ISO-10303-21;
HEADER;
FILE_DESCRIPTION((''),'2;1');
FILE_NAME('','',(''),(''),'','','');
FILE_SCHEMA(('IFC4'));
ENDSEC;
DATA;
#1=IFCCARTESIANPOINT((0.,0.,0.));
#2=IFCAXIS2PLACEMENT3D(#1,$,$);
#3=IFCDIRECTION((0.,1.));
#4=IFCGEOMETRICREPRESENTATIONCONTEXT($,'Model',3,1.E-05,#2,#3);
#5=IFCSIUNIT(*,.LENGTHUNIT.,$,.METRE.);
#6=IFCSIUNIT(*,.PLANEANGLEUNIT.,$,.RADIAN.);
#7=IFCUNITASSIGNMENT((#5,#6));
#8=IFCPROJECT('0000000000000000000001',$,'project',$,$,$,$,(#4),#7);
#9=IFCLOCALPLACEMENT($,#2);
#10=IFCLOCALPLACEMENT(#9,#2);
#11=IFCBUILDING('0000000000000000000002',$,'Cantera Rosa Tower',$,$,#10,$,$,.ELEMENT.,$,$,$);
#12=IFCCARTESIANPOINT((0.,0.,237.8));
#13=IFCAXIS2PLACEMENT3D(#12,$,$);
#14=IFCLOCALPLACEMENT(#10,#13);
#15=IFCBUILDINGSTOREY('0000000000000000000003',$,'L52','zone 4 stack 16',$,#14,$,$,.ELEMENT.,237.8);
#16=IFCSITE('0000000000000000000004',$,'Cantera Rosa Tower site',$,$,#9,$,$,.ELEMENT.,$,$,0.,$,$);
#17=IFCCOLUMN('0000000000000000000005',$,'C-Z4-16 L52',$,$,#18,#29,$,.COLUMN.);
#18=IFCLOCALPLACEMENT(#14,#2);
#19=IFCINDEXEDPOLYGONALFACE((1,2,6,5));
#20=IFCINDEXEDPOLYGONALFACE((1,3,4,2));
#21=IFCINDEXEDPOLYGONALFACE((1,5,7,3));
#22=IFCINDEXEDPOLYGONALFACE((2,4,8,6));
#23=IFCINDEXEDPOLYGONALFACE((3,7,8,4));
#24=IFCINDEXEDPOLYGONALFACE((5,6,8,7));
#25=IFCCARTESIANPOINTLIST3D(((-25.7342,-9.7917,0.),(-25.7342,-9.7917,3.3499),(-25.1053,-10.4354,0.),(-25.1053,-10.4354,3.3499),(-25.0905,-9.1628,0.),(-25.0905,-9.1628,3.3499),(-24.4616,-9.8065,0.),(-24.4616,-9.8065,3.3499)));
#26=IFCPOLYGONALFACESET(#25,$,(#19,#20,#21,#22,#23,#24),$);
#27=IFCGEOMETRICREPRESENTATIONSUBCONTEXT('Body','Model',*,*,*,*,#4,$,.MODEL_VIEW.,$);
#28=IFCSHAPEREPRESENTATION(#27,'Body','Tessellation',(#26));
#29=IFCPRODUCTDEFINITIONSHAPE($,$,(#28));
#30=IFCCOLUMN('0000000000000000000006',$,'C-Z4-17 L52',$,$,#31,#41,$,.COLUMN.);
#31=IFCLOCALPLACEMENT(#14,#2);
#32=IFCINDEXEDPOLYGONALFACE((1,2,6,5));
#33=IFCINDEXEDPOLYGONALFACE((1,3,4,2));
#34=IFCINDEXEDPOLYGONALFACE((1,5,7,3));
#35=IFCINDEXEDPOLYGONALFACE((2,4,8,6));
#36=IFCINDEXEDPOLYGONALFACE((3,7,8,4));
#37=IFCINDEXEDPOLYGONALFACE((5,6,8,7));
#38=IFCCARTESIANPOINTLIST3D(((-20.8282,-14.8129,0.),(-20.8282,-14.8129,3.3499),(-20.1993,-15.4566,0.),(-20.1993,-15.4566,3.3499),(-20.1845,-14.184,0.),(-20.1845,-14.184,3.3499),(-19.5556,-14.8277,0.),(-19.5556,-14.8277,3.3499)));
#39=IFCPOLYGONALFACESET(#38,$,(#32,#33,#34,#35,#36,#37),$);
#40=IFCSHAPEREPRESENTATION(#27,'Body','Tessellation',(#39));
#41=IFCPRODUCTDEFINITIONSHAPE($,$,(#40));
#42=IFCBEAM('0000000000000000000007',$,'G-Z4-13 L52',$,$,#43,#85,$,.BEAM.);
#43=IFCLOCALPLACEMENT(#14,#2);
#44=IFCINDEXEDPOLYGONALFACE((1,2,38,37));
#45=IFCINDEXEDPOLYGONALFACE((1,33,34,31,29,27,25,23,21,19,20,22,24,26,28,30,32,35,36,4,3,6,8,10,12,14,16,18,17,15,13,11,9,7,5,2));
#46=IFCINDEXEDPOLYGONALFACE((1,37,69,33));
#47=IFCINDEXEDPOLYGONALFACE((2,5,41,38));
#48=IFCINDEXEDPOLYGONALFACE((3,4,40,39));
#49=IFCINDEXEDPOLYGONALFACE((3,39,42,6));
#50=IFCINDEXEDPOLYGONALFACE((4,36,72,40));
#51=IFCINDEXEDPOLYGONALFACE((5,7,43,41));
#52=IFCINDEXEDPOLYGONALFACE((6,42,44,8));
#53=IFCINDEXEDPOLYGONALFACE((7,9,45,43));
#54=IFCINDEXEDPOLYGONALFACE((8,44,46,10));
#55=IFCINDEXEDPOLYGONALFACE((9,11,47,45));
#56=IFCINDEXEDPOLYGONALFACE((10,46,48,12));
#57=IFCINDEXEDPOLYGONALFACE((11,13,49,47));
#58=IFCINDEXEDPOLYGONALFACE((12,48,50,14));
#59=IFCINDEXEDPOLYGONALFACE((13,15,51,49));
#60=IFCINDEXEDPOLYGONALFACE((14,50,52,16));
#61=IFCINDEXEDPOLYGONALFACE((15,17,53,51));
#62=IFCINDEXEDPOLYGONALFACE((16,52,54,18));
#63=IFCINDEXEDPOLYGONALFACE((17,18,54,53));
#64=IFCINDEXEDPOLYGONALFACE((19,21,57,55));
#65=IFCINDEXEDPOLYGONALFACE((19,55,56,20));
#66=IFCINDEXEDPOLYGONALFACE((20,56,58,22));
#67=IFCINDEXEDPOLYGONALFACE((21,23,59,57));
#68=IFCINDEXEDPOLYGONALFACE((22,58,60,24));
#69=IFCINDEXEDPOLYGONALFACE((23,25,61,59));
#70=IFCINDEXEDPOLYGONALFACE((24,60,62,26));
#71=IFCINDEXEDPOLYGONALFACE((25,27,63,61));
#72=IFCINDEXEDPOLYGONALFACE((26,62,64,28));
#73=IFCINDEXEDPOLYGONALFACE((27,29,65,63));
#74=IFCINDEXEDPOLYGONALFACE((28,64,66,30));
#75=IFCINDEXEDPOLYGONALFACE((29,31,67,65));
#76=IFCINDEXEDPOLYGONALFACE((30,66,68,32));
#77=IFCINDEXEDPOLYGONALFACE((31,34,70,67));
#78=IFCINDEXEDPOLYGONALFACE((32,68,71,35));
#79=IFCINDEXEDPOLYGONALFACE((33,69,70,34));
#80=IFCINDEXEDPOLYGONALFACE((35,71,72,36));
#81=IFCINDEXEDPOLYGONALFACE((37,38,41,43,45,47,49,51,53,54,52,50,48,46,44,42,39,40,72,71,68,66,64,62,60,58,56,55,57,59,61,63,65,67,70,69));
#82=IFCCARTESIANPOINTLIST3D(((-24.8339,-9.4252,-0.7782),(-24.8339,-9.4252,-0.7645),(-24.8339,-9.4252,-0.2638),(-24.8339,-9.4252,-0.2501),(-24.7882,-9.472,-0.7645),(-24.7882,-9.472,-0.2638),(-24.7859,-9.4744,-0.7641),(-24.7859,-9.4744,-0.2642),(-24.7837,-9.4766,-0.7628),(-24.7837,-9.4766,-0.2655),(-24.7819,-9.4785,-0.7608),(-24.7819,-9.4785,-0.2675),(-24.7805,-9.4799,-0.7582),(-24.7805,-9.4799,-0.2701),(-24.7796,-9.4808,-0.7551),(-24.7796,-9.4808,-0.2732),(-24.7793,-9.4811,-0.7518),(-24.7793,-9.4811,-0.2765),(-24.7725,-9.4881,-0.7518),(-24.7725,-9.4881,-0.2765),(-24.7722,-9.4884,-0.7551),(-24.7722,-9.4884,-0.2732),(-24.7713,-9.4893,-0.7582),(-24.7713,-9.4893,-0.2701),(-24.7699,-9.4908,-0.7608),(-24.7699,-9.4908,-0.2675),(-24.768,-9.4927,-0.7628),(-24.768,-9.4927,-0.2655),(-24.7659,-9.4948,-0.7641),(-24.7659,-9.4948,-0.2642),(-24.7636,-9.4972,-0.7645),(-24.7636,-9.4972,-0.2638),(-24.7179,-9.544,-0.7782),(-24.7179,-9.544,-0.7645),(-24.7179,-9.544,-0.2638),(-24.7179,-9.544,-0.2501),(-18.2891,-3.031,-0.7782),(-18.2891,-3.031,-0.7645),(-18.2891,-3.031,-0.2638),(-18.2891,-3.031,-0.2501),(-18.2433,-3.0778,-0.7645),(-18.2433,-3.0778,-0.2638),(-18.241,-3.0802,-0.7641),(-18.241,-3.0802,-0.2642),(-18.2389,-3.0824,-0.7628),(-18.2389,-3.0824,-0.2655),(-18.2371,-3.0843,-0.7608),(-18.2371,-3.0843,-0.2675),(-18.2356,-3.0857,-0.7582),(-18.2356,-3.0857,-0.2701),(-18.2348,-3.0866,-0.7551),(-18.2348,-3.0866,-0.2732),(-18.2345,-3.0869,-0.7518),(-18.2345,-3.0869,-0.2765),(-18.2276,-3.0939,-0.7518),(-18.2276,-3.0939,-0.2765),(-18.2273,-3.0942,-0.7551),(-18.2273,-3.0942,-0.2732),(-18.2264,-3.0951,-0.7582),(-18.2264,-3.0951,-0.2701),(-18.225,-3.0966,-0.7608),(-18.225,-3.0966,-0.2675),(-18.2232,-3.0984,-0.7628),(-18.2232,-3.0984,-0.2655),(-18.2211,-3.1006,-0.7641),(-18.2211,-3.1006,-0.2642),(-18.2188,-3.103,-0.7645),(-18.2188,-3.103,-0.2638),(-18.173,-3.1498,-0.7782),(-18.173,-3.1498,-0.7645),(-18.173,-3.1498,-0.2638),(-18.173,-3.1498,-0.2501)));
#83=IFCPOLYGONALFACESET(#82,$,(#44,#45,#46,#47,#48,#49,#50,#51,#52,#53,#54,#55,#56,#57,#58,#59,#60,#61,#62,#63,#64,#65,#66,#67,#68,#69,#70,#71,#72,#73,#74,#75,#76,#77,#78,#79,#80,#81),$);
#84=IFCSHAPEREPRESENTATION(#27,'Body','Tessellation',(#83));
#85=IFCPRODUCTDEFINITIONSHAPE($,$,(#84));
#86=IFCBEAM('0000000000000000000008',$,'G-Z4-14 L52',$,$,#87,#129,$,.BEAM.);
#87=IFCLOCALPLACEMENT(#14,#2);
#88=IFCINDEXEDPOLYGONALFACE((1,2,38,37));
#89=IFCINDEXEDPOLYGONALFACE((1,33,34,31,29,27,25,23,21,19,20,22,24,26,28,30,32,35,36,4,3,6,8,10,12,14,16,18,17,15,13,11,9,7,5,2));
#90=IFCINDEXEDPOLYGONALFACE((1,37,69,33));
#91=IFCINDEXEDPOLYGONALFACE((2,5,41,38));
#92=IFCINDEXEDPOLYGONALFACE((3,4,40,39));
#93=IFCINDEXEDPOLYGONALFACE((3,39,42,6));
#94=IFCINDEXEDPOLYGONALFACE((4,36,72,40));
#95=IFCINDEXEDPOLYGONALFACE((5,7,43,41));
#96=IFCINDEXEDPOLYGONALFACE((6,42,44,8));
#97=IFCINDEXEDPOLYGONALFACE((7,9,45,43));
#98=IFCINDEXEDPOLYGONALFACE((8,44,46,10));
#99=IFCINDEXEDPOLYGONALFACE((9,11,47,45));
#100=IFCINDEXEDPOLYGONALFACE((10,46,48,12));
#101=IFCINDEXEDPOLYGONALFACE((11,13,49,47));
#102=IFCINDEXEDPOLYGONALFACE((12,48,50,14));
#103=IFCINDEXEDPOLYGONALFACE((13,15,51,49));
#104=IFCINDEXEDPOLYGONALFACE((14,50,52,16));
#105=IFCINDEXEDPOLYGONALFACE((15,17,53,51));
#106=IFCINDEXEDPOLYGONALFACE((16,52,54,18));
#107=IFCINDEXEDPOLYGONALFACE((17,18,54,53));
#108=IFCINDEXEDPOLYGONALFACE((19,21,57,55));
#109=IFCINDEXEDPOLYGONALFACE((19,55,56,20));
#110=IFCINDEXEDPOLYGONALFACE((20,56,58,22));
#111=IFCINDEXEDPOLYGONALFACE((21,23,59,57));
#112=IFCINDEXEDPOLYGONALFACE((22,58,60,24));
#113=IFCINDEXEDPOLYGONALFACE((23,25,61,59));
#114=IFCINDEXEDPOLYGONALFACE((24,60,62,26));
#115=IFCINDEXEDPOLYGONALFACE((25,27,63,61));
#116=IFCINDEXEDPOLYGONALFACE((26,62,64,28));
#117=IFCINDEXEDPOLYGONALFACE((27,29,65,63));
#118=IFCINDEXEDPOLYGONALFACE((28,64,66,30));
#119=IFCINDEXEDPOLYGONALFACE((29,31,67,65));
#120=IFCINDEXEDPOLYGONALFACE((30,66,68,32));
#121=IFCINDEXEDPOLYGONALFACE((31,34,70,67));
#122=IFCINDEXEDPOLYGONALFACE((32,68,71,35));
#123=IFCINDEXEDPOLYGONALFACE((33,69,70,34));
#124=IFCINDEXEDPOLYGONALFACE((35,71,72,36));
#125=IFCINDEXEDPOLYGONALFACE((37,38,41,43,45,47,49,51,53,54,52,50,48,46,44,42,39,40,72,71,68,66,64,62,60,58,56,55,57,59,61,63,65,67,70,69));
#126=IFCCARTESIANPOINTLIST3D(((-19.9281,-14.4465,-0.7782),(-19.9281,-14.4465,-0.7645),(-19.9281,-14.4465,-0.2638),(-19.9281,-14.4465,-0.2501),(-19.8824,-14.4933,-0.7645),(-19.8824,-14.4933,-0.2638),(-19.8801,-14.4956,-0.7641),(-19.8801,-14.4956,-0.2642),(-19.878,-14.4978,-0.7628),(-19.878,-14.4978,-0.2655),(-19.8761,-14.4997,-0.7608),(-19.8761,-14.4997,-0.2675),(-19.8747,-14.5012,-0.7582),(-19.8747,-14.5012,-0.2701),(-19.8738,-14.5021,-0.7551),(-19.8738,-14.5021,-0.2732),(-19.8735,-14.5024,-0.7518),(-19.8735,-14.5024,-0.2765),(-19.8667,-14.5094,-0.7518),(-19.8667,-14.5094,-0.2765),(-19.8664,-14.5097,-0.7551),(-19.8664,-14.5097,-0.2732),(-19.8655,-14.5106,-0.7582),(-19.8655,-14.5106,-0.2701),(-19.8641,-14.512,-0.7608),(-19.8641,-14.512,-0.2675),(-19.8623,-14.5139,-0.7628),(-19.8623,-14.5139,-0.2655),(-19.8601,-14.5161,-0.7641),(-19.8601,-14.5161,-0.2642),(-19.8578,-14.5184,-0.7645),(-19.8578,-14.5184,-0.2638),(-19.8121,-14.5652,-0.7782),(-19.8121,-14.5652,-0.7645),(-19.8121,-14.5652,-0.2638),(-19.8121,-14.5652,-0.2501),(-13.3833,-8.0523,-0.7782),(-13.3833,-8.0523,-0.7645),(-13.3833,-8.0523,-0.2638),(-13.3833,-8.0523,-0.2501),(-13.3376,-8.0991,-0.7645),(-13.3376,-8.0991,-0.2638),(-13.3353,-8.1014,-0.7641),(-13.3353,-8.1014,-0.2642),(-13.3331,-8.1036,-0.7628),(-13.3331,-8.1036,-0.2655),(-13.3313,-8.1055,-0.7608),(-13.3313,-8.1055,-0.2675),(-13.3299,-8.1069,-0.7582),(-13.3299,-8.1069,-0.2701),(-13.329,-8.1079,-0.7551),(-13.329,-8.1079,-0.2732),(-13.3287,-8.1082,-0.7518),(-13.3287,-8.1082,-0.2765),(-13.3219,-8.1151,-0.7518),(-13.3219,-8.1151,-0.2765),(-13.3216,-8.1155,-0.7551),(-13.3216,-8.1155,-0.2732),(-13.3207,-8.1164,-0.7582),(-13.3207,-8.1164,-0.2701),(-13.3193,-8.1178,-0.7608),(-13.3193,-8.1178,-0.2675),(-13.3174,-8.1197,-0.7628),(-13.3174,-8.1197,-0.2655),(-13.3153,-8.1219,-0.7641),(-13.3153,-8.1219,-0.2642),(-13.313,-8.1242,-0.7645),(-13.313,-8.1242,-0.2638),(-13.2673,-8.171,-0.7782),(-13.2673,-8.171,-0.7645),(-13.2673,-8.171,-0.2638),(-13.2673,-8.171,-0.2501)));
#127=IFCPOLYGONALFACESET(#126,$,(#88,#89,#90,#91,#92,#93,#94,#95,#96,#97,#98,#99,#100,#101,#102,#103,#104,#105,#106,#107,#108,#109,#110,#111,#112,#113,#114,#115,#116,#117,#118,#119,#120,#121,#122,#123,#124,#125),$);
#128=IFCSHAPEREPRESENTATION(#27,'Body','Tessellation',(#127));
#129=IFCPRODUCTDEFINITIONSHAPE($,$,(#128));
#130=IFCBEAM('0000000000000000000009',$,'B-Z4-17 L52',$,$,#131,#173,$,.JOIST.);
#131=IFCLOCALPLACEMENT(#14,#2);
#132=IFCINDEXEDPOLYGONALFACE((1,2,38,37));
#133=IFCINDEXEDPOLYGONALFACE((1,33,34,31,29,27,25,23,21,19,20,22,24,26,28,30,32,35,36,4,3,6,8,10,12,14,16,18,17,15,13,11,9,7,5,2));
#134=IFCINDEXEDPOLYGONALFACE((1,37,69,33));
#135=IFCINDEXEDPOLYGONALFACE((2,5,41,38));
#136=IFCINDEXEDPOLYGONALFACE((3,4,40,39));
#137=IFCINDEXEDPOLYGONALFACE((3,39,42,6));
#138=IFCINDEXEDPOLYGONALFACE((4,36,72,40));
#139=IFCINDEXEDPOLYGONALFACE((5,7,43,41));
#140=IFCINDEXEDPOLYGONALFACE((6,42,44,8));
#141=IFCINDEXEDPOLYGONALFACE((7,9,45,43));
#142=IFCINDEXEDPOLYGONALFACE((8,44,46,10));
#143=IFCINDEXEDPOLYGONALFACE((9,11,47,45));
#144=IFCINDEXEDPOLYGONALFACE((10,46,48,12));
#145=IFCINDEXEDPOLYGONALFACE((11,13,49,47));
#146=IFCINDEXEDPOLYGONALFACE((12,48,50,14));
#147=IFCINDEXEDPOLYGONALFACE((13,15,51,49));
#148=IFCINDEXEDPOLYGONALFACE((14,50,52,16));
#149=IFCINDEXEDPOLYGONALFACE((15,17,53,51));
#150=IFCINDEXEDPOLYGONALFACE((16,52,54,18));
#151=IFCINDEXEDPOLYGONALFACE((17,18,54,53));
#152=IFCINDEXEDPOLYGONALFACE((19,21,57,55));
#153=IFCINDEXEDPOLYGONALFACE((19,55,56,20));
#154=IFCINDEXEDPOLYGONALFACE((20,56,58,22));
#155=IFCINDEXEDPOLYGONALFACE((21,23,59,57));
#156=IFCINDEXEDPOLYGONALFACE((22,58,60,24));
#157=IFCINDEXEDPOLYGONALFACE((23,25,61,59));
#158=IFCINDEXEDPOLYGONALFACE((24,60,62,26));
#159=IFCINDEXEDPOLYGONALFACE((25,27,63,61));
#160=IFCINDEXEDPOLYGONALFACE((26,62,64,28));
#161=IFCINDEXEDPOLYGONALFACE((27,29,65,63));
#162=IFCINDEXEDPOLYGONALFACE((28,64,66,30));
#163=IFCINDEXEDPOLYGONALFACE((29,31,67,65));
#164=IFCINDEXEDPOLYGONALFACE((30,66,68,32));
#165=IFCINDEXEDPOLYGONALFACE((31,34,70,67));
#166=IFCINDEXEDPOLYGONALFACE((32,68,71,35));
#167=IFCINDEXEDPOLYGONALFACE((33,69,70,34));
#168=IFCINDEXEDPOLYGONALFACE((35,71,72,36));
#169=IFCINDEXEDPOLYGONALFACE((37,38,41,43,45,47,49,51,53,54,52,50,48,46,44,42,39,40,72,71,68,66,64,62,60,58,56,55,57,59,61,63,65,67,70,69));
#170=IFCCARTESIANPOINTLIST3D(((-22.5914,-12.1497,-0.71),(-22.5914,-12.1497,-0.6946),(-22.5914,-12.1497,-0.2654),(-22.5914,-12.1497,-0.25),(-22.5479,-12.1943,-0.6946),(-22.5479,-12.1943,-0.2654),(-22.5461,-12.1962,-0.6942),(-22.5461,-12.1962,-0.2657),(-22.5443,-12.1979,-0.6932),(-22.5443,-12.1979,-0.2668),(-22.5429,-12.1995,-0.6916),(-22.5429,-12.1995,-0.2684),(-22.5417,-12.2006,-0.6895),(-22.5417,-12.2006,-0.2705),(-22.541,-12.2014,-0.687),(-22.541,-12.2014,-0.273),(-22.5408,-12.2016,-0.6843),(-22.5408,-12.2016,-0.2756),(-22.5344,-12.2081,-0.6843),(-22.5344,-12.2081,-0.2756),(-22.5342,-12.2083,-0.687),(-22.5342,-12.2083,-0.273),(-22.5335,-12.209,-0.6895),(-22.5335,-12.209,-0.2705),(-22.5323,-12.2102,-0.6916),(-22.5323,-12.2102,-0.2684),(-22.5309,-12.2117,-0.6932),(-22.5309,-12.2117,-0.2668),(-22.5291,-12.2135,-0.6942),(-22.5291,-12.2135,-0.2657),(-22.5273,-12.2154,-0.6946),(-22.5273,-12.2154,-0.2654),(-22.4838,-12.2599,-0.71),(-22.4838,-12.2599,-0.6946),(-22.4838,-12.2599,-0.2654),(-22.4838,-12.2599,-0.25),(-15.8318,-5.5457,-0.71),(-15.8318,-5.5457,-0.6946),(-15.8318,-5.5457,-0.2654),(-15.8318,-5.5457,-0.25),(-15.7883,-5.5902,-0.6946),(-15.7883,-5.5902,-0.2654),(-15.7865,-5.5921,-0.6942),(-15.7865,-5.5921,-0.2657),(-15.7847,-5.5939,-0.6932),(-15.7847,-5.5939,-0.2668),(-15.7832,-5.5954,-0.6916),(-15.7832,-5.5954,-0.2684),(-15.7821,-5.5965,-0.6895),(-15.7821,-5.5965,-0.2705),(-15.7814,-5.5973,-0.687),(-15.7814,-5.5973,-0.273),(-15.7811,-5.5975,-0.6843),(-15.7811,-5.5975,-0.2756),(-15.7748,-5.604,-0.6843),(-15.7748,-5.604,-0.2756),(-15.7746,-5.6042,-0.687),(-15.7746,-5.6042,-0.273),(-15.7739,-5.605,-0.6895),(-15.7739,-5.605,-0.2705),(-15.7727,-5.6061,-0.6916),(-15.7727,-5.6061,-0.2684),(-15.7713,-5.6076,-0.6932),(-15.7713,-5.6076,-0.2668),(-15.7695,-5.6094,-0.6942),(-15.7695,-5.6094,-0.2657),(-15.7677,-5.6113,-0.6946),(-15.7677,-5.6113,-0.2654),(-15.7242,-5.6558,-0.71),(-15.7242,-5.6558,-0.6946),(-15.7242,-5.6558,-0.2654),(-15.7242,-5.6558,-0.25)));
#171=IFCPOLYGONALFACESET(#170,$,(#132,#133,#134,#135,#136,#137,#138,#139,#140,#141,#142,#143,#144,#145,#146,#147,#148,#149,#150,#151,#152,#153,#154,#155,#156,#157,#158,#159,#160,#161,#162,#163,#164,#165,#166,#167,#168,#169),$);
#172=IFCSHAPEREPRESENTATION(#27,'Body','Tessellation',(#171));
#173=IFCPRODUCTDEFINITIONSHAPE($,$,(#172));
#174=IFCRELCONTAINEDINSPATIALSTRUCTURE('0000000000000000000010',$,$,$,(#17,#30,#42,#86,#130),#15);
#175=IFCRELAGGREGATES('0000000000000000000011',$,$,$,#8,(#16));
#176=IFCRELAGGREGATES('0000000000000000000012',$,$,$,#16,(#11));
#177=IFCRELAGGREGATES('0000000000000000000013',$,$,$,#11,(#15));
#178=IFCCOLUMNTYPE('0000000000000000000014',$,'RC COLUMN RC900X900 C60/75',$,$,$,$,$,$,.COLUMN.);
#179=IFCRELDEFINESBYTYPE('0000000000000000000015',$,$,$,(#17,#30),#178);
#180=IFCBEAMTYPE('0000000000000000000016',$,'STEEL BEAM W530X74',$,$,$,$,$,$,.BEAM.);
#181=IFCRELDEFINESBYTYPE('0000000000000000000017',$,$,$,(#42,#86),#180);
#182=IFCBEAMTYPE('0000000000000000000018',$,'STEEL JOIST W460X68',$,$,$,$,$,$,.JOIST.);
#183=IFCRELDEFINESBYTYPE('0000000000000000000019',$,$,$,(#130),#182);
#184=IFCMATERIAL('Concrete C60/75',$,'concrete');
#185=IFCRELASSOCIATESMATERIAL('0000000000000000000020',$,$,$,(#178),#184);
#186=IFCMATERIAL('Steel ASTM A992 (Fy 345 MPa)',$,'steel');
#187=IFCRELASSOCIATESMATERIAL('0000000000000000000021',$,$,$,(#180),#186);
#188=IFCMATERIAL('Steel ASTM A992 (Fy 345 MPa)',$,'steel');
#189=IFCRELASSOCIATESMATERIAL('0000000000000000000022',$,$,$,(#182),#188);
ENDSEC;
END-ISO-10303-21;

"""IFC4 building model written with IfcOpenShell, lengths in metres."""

from ifc_helpers import new_model, si_unit, direction, frame, origin, origin_2d, place, context, subcontext, project, spatial, rectangle, i_section, extrude, material, material_profile, profile_set, type_object, element, save


model = new_model("IFC4")

# Units and contexts
model_context = context("Model", 3, precision=1e-05, world=origin(), true_north=direction((0.0, 1.0)))
body_context = subcontext(model_context, "Body", "Model", "MODEL_VIEW")
ifc_project = project(units=[si_unit("LENGTHUNIT", "METRE"), si_unit("PLANEANGLEUNIT", "RADIAN")], contexts=[model_context])

# Site, building, storey
site_placement = place(None, origin())
site = spatial("IfcSite", under=ifc_project, at=site_placement, Name="Cantera Rosa Tower site", CompositionType="ELEMENT", RefElevation=0.0)
building_placement = place(site_placement, origin())
building = spatial("IfcBuilding", under=site, at=building_placement, Name="Cantera Rosa Tower", CompositionType="ELEMENT")
storey_placement = place(building_placement, frame((0.0, 0.0, 237.8)))
storey = spatial("IfcBuildingStorey", under=building, at=storey_placement, Name="L52", Description="zone 4 stack 16", CompositionType="ELEMENT", Elevation=237.8)

# Columns
ifc_material_1 = material(Name="Concrete C60/75", Category="concrete")
ifc_material_profile_1 = material_profile(ifc_material_1, rectangle(XDim=0.8999, YDim=0.8999, at=origin_2d()), Name="RC COLUMN RC900X900 C60/75")
ifc_profile_set_1 = profile_set([ifc_material_profile_1], Name="Concrete C60/75")
column_type = type_object("IfcColumnType", Name="RC COLUMN RC900X900 C60/75", PredefinedType="COLUMN", material=ifc_profile_set_1)
for number, where, z_axis, x_axis, name in (
    (1, (-25.0979, -9.7991, 0.0), (0.0, 0.0, 1.0), (0.715286, 0.698832, 0.0), "C-Z4-16 L52"),
    (2, (-20.1919, -14.8203, 0.0), (0.0, 0.0, 1.0), (0.715286, 0.698832, 0.0), "C-Z4-17 L52"),
):
    element("IfcColumn", number, at=place(storey_placement, frame(where, z_axis=z_axis, x_axis=x_axis)), inside=storey, type_object=column_type, Name=name, PredefinedType="COLUMN", context=body_context, shape_type="SweptSolid", body=[
        extrude(rectangle(XDim=0.8999, YDim=0.8999, at=origin_2d()), origin(), (0.0, 0.0, 1.0), 3.3499),
    ])

# Beams
ifc_material_2 = material(Name="Steel ASTM A992 (Fy 345 MPa)", Category="steel")
ifc_material_profile_2 = material_profile(ifc_material_2, i_section(OverallWidth=0.166, OverallDepth=0.5281, WebThickness=0.0098, FlangeThickness=0.0137, FilletRadius=0.0127, at=origin_2d()), Name="W530X74")
ifc_profile_set_2 = profile_set([ifc_material_profile_2], Name="Steel ASTM A992 (Fy 345 MPa)")
beam_type_1 = type_object("IfcBeamType", Name="STEEL BEAM W530X74", PredefinedType="BEAM", material=ifc_profile_set_2)
for number, where, z_axis, x_axis, name in (
    (3, (-24.7759, -9.4846, -0.5142), (0.71529, 0.698827, 0.0), (-0.698827, 0.71529, 0.0), "G-Z4-13 L52"),
    (4, (-19.8701, -14.5059, -0.5142), (0.71529, 0.698827, 0.0), (-0.698827, 0.71529, 0.0), "G-Z4-14 L52"),
):
    element("IfcBeam", number, at=place(storey_placement, frame(where, z_axis=z_axis, x_axis=x_axis)), inside=storey, type_object=beam_type_1, Name=name, PredefinedType="BEAM", context=body_context, shape_type="SweptSolid", body=[
        extrude(i_section(OverallWidth=0.166, OverallDepth=0.5281, WebThickness=0.0098, FlangeThickness=0.0137, FilletRadius=0.0127, at=origin_2d()), origin(), (0.0, 0.0, 1.0), 9.1499),
    ])
ifc_material_3 = material(Name="Steel ASTM A992 (Fy 345 MPa)", Category="steel")
ifc_material_profile_3 = material_profile(ifc_material_3, i_section(OverallWidth=0.1541, OverallDepth=0.46, WebThickness=0.009, FlangeThickness=0.0154, FilletRadius=0.0103, at=origin_2d()), Name="W460X68")
ifc_profile_set_3 = profile_set([ifc_material_profile_3], Name="Steel ASTM A992 (Fy 345 MPa)")
beam_type_2 = type_object("IfcBeamType", Name="STEEL JOIST W460X68", PredefinedType="JOIST", material=ifc_profile_set_3)
beam_placement = place(storey_placement, frame((-22.5376, -12.2048, -0.48), z_axis=(0.715287, 0.698831, 0.0), x_axis=(-0.698831, 0.715287, 0.0)))
element("IfcBeam", 5, at=beam_placement, inside=storey, type_object=beam_type_2, Name="B-Z4-17 L52", PredefinedType="JOIST", context=body_context, shape_type="SweptSolid", body=[
    extrude(i_section(OverallWidth=0.1541, OverallDepth=0.46, WebThickness=0.009, FlangeThickness=0.0154, FilletRadius=0.0103, at=origin_2d()), origin(), (0.0, 0.0, 1.0), 9.4502),
])

save(model, "model.ifc")
